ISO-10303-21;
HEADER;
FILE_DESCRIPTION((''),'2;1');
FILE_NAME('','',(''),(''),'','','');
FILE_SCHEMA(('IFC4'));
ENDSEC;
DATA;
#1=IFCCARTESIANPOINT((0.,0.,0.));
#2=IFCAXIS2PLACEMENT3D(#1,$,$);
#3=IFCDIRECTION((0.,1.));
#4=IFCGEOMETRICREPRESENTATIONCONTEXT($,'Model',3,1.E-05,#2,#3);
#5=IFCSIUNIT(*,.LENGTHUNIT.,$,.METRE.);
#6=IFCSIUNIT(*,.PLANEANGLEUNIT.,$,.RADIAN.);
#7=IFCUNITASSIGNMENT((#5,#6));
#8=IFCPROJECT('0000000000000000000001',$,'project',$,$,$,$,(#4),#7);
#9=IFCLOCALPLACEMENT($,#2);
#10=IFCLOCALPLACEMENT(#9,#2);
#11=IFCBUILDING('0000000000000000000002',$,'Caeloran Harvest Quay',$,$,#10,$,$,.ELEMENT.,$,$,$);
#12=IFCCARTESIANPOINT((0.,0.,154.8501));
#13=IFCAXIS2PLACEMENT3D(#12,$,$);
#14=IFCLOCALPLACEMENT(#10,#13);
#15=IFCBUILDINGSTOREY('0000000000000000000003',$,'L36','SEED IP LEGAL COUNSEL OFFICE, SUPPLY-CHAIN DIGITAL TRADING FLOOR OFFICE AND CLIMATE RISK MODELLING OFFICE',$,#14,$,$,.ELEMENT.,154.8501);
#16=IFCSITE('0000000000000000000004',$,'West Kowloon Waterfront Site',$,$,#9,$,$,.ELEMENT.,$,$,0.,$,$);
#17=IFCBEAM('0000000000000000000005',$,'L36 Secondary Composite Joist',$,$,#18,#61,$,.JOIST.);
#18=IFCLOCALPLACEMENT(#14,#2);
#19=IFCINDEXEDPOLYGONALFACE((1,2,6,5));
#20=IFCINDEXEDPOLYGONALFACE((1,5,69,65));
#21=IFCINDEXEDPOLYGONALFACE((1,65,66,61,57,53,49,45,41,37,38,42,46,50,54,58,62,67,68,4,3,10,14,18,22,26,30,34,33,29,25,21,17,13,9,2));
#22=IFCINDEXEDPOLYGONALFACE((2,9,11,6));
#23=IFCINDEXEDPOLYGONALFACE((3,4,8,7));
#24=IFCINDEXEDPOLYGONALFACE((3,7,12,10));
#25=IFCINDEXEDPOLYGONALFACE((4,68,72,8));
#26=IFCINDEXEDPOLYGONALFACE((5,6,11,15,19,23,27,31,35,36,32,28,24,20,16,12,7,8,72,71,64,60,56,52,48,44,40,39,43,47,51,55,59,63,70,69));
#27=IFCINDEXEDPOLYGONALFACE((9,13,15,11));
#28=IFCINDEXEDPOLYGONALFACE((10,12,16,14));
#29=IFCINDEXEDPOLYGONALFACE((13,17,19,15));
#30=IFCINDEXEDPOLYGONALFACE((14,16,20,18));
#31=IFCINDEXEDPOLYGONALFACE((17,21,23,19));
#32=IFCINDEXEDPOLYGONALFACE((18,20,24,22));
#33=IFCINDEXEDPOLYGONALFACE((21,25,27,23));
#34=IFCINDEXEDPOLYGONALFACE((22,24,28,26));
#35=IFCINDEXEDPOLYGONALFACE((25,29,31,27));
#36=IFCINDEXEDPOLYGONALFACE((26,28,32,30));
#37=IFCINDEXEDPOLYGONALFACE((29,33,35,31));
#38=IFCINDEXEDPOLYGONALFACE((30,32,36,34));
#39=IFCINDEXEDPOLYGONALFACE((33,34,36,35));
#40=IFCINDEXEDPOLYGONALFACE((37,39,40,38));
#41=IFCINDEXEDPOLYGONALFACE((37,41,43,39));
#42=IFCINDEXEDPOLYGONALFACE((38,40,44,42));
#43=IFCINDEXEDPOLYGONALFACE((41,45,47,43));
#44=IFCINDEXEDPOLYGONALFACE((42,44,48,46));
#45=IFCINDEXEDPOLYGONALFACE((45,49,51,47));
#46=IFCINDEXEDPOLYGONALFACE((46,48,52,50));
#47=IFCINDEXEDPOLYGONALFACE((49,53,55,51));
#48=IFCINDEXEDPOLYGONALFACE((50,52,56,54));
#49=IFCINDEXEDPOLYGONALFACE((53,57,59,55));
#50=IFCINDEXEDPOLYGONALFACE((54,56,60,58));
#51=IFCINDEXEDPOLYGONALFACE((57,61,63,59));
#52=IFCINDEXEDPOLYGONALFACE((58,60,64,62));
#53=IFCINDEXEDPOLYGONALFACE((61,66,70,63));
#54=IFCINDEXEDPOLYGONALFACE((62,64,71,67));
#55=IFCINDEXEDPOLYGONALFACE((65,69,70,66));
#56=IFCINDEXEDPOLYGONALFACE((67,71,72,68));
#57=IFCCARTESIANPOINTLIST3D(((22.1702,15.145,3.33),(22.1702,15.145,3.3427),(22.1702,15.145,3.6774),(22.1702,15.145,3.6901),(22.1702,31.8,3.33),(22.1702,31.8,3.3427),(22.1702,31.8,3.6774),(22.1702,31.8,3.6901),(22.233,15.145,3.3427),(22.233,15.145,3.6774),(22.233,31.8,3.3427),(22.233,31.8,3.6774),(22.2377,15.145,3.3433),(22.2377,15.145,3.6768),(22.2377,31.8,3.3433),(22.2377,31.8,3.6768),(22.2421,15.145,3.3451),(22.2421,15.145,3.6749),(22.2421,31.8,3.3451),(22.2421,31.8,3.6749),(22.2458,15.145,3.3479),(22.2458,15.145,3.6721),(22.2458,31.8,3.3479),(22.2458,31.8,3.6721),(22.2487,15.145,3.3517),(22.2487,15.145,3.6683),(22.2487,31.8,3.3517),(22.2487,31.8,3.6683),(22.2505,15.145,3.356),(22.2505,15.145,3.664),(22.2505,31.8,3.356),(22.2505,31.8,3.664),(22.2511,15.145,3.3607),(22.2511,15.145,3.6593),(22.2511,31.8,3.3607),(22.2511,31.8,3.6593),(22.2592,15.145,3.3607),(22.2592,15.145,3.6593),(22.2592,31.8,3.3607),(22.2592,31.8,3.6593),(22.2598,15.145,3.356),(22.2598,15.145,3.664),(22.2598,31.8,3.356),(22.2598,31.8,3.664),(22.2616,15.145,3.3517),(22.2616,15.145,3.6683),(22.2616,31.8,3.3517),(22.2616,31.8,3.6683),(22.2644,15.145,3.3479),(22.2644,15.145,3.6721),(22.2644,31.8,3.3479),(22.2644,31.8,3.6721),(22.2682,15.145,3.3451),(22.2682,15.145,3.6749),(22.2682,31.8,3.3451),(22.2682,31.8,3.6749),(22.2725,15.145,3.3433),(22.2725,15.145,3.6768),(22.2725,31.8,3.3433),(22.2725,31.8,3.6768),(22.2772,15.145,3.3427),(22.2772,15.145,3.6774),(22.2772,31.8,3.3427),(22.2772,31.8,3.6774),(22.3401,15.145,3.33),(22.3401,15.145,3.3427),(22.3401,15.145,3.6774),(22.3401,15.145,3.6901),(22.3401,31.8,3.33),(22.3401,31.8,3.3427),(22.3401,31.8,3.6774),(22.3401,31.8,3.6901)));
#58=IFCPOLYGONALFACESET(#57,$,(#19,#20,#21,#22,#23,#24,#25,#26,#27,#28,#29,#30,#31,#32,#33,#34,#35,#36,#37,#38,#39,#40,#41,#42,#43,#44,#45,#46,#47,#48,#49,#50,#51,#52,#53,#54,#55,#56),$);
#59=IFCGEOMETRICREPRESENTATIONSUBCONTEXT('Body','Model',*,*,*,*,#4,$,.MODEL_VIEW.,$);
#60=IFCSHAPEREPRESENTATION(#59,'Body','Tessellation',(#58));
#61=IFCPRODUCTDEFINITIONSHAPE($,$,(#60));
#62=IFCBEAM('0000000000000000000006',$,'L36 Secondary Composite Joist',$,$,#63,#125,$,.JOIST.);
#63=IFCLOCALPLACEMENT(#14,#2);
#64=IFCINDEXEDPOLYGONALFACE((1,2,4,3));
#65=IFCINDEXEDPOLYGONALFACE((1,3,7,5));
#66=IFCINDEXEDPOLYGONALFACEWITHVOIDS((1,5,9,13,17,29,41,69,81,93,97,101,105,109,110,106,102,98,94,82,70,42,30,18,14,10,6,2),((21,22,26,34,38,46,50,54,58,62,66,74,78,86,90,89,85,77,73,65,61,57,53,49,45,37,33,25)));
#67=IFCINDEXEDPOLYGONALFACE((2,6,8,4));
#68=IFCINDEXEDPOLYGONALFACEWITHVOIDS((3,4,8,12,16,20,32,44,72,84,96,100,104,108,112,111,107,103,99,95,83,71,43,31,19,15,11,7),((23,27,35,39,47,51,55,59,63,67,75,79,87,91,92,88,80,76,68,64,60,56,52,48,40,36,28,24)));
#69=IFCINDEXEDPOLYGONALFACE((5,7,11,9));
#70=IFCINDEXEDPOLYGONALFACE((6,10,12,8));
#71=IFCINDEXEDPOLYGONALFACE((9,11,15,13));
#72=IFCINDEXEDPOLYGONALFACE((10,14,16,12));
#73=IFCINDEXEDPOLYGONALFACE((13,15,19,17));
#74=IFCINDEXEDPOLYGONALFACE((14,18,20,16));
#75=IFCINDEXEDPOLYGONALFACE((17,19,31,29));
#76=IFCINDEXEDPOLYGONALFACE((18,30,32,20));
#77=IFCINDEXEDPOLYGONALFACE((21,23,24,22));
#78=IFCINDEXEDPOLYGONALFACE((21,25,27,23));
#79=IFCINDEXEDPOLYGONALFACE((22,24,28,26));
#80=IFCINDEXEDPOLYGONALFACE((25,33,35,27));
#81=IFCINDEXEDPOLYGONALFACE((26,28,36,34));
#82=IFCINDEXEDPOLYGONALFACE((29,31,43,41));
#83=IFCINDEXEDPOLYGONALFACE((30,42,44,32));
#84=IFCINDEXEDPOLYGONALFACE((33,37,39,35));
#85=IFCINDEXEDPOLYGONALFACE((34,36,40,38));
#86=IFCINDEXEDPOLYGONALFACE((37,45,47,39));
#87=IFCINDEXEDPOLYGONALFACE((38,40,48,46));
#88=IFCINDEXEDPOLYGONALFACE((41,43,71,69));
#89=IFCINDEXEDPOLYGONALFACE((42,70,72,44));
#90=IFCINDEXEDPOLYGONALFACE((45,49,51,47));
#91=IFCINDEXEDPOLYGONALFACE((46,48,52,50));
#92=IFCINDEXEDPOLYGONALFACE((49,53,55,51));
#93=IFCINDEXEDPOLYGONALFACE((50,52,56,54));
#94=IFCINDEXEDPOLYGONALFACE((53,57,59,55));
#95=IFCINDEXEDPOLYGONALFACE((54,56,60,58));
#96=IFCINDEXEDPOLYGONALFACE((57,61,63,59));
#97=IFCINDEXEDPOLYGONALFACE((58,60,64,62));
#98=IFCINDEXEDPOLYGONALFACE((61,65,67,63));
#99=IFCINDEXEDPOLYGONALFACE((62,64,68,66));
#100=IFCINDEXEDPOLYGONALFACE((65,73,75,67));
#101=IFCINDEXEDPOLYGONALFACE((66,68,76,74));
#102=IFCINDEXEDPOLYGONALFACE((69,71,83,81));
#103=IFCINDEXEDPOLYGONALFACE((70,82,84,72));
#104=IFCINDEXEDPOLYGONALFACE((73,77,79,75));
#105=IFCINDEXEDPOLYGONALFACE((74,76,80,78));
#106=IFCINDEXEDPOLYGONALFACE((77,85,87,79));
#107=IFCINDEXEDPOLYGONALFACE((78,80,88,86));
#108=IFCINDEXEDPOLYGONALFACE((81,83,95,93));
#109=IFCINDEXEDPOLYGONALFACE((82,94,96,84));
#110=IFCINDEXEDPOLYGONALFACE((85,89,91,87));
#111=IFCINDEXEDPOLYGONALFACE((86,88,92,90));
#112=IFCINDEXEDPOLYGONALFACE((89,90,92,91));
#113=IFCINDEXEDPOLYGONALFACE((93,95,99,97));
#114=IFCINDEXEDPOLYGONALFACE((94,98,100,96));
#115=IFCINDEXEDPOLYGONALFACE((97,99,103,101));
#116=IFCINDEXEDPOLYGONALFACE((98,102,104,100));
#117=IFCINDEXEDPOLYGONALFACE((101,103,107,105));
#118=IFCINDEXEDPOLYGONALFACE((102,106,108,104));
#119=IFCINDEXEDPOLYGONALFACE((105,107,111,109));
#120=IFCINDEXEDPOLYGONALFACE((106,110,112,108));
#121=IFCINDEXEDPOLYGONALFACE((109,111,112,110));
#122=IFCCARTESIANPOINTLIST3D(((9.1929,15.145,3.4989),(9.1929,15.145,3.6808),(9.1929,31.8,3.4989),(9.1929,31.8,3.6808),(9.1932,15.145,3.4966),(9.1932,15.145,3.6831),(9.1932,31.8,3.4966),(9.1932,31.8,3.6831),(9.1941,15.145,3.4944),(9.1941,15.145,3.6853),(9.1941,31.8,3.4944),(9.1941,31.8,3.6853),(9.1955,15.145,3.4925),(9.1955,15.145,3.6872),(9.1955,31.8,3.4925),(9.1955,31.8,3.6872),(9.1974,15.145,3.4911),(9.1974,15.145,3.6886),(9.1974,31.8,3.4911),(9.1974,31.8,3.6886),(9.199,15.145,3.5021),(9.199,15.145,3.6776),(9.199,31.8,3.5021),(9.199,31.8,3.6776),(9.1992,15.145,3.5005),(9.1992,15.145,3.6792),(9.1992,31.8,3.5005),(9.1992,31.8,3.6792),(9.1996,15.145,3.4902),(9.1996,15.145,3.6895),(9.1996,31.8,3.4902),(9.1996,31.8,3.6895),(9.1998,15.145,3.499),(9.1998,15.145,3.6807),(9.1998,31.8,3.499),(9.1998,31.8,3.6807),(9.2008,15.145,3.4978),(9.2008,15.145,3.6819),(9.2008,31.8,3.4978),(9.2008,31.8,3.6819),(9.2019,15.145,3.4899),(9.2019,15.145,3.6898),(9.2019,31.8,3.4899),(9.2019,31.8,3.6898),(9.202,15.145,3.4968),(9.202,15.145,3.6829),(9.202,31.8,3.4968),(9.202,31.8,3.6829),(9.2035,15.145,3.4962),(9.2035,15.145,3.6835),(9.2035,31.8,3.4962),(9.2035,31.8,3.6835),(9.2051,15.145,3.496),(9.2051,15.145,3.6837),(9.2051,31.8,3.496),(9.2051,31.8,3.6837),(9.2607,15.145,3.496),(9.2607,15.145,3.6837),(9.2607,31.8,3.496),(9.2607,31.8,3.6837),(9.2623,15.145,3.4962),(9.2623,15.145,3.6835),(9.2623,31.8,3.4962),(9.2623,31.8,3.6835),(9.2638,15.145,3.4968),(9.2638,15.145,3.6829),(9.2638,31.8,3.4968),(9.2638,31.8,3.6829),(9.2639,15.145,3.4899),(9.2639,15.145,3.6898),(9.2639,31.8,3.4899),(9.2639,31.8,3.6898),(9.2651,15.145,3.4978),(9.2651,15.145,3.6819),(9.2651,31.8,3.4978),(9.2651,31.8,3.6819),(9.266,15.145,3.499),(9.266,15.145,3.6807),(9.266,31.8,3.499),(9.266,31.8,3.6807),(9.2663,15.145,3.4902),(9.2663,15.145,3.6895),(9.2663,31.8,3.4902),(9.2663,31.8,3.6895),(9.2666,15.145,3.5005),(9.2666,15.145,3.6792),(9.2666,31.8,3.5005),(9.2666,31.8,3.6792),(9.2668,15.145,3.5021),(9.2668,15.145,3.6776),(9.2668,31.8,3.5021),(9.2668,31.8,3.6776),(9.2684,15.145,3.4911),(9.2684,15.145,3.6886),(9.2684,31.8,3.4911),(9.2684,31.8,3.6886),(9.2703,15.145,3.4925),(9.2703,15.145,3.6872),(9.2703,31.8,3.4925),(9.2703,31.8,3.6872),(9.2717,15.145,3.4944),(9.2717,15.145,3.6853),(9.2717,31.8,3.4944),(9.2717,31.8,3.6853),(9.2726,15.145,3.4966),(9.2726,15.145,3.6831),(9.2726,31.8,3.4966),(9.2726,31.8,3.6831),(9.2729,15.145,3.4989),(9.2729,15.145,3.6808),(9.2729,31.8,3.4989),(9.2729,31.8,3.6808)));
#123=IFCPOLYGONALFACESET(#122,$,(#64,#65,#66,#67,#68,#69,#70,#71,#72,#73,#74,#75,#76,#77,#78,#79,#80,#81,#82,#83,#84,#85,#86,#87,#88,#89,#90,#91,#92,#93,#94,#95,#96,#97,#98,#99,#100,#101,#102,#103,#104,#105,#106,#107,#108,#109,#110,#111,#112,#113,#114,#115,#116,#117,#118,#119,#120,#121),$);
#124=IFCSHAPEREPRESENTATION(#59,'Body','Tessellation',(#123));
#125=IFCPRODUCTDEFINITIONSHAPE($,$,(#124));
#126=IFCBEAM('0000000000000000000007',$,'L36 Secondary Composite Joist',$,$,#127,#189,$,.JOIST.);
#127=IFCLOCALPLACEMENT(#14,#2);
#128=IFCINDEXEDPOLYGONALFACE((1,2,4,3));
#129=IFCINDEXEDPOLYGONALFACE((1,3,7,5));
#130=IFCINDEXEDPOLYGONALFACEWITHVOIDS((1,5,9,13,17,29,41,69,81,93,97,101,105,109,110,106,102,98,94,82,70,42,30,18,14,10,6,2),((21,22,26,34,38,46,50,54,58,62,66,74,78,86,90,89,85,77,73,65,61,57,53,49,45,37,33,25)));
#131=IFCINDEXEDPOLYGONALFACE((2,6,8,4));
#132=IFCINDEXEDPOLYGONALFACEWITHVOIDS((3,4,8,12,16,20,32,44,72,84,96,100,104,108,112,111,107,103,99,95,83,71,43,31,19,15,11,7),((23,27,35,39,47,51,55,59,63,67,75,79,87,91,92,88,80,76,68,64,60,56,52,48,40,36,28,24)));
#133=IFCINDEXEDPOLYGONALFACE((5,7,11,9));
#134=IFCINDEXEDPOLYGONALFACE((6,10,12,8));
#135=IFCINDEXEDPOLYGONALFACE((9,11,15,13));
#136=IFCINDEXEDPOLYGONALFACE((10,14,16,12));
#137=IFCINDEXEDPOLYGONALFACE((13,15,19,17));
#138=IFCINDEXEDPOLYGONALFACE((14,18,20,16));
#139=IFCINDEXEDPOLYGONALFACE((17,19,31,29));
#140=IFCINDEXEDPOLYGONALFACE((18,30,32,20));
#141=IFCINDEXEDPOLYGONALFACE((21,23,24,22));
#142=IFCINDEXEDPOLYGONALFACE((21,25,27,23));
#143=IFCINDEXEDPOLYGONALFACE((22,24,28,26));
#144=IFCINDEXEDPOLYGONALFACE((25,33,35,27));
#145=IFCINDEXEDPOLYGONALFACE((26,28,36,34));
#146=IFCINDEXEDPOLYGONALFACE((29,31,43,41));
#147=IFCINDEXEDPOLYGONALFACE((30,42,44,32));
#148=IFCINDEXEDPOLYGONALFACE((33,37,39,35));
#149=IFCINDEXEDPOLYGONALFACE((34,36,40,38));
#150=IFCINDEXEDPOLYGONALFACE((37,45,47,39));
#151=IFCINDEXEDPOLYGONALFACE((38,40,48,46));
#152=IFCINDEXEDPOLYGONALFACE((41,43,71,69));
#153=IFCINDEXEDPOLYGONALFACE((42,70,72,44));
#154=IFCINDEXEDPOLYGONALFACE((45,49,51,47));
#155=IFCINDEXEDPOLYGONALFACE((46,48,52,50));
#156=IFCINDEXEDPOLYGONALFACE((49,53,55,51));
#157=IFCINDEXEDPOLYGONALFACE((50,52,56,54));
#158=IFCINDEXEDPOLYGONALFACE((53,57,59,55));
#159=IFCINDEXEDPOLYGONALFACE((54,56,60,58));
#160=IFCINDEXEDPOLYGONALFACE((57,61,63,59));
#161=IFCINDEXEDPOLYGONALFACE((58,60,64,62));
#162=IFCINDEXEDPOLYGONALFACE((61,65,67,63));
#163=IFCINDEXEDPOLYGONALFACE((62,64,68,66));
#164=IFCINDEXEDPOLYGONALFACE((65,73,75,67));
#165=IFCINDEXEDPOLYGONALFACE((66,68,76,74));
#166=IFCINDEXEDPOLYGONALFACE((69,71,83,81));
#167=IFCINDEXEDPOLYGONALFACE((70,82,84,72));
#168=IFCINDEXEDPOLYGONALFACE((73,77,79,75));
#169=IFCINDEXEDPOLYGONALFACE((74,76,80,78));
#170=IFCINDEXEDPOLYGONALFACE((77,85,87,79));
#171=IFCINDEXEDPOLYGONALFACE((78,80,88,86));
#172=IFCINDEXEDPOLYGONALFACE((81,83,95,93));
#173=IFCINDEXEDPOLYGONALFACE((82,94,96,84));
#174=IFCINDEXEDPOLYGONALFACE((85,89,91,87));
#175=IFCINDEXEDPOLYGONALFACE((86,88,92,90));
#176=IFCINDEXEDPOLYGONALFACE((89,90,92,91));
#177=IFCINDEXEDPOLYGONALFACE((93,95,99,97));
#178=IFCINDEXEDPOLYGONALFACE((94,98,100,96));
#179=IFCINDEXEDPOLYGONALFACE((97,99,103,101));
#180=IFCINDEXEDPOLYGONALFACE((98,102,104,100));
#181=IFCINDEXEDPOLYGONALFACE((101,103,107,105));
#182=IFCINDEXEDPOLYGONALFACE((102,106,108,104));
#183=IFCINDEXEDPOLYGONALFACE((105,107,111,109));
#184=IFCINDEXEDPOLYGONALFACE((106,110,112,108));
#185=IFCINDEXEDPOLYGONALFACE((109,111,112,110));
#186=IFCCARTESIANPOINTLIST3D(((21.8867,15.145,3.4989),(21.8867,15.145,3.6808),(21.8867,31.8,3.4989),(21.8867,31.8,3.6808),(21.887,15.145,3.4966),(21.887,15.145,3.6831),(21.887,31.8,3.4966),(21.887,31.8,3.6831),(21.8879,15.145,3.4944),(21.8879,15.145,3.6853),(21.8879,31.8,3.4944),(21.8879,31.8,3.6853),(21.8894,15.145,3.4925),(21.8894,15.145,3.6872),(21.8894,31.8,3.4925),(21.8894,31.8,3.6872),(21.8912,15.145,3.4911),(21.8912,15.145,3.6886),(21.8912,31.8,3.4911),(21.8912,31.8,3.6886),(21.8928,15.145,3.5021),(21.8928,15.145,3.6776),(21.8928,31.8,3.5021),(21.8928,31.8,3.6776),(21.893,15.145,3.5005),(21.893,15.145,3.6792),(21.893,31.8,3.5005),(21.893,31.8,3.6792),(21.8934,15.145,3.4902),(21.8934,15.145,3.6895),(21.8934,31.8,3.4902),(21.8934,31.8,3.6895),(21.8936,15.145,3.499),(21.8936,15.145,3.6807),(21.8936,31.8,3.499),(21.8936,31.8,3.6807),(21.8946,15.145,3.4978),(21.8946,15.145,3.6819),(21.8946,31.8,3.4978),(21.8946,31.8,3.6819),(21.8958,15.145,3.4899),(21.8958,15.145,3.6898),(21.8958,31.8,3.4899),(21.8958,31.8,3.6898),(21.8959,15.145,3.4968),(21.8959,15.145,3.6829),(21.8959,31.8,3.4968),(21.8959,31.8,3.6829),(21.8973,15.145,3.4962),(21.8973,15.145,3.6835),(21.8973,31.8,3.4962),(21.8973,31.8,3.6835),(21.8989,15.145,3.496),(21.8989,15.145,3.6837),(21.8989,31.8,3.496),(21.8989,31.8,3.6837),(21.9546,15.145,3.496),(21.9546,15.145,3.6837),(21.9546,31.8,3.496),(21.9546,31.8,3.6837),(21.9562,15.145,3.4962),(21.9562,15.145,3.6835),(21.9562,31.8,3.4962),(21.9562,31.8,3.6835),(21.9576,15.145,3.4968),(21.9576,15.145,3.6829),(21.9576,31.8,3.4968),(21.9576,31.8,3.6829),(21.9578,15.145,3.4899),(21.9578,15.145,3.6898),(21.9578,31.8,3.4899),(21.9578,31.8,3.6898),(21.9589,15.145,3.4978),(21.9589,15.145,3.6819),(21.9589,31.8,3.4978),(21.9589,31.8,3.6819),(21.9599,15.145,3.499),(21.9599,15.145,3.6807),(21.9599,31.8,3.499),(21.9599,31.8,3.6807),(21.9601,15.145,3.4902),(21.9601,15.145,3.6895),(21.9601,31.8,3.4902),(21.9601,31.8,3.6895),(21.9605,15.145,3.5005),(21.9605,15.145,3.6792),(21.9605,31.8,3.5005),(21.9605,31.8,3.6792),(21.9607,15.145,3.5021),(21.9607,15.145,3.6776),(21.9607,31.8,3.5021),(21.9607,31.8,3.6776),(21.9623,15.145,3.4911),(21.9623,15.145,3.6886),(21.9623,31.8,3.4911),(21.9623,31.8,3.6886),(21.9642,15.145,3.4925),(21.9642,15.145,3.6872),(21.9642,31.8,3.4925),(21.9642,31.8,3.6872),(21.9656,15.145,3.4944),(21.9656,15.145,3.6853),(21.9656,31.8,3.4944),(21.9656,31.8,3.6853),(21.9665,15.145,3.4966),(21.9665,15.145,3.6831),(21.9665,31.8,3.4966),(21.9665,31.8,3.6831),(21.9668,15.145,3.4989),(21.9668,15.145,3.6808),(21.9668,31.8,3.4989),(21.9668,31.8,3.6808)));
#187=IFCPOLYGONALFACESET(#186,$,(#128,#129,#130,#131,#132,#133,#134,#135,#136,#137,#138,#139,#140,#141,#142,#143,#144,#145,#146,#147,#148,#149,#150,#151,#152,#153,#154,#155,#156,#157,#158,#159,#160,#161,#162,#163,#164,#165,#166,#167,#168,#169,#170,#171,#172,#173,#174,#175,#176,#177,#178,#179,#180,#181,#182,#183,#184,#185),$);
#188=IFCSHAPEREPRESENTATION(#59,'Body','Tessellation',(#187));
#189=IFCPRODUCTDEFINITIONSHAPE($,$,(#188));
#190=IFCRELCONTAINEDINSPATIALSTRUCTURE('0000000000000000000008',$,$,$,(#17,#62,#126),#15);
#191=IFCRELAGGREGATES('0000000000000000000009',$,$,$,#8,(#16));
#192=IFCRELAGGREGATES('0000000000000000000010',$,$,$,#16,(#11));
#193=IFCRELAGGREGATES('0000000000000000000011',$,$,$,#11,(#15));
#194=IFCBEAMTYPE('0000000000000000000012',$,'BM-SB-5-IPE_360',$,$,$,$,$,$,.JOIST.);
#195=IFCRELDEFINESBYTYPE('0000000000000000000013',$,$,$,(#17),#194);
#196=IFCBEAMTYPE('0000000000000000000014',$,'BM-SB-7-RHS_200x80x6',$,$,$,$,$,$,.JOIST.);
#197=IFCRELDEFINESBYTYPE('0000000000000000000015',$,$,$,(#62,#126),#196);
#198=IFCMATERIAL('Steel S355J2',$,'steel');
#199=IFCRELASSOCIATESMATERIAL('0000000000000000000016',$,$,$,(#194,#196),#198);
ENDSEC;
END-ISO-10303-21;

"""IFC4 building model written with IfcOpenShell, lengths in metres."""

from ifc_helpers import new_model, si_unit, direction, frame, origin, origin_2d, place, context, subcontext, project, spatial, hollow_rectangle, i_section, extrude, material, material_profile, profile_set, type_object, element, save


model = new_model("IFC4")

# Units and contexts
model_context = context("Model", 3, precision=1e-05, world=origin(), true_north=direction((0.0, 1.0)))
body_context = subcontext(model_context, "Body", "Model", "MODEL_VIEW")
ifc_project = project(units=[si_unit("LENGTHUNIT", "METRE"), si_unit("PLANEANGLEUNIT", "RADIAN")], contexts=[model_context])

# Site, building, storey
site_placement = place(None, origin())
site = spatial("IfcSite", under=ifc_project, at=site_placement, Name="West Kowloon Waterfront Site", CompositionType="ELEMENT", RefElevation=0.0)
building_placement = place(site_placement, origin())
building = spatial("IfcBuilding", under=site, at=building_placement, Name="Caeloran Harvest Quay", CompositionType="ELEMENT")
storey_placement = place(building_placement, frame((0.0, 0.0, 154.8501)))
storey = spatial("IfcBuildingStorey", under=building, at=storey_placement, Name="L36", Description="SEED IP LEGAL COUNSEL OFFICE, SUPPLY-CHAIN DIGITAL TRADING FLOOR OFFICE AND CLIMATE RISK MODELLING OFFICE", CompositionType="ELEMENT", Elevation=154.8501)

# Beams
ifc_material_1 = material(Name="Steel S355J2", Category="steel")
ifc_material_profile_1 = material_profile(ifc_material_1, i_section(OverallWidth=0.1699, OverallDepth=0.3601, WebThickness=0.0081, FlangeThickness=0.0127, FilletRadius=0.0181, at=origin_2d()), Name="IPE 360")
ifc_profile_set_1 = profile_set([ifc_material_profile_1], Name="Steel S355J2")
beam_type_1 = type_object("IfcBeamType", Name="BM-SB-5-IPE_360", PredefinedType="JOIST", material=ifc_profile_set_1)
for number, where, z_axis, x_axis, name in (
    (1, (22.2551, 15.145, 3.51), (0.0, 1.0, 0.0), (-1.0, 0.0, 0.0), "L36 Secondary Composite Joist"),
):
    element("IfcBeam", number, at=place(storey_placement, frame(where, z_axis=z_axis, x_axis=x_axis)), inside=storey, type_object=beam_type_1, Name=name, PredefinedType="JOIST", context=body_context, shape_type="SweptSolid", body=[
        extrude(i_section(OverallWidth=0.1699, OverallDepth=0.3601, WebThickness=0.0081, FlangeThickness=0.0127, FilletRadius=0.0181, at=origin_2d()), origin(), (0.0, 0.0, 1.0), 16.655),
    ])
ifc_material_profile_2 = material_profile(ifc_material_1, hollow_rectangle(XDim=0.0801, YDim=0.2, WallThickness=0.0061, InnerFilletRadius=0.0061, OuterFilletRadius=0.009, at=origin_2d()), Name="RHS 200x80x6")
ifc_profile_set_2 = profile_set([ifc_material_profile_2], Name="Steel S355J2")
beam_type_2 = type_object("IfcBeamType", Name="BM-SB-7-RHS_200x80x6", PredefinedType="JOIST", material=ifc_profile_set_2)
for number, where, z_axis, x_axis, name in (
    (2, (9.2329, 15.145, 3.5898), (0.0, 1.0, 0.0), (-1.0, 0.0, 0.0), "L36 Secondary Composite Joist"),
    (3, (21.9268, 15.145, 3.5898), (0.0, 1.0, 0.0), (-1.0, 0.0, 0.0), "L36 Secondary Composite Joist"),
):
    element("IfcBeam", number, at=place(storey_placement, frame(where, z_axis=z_axis, x_axis=x_axis)), inside=storey, type_object=beam_type_2, Name=name, PredefinedType="JOIST", context=body_context, shape_type="SweptSolid", body=[
        extrude(hollow_rectangle(XDim=0.0801, YDim=0.2, WallThickness=0.0061, InnerFilletRadius=0.0061, OuterFilletRadius=0.009, at=origin_2d()), origin(), (0.0, 0.0, 1.0), 16.655),
    ])

save(model, "model.ifc")
